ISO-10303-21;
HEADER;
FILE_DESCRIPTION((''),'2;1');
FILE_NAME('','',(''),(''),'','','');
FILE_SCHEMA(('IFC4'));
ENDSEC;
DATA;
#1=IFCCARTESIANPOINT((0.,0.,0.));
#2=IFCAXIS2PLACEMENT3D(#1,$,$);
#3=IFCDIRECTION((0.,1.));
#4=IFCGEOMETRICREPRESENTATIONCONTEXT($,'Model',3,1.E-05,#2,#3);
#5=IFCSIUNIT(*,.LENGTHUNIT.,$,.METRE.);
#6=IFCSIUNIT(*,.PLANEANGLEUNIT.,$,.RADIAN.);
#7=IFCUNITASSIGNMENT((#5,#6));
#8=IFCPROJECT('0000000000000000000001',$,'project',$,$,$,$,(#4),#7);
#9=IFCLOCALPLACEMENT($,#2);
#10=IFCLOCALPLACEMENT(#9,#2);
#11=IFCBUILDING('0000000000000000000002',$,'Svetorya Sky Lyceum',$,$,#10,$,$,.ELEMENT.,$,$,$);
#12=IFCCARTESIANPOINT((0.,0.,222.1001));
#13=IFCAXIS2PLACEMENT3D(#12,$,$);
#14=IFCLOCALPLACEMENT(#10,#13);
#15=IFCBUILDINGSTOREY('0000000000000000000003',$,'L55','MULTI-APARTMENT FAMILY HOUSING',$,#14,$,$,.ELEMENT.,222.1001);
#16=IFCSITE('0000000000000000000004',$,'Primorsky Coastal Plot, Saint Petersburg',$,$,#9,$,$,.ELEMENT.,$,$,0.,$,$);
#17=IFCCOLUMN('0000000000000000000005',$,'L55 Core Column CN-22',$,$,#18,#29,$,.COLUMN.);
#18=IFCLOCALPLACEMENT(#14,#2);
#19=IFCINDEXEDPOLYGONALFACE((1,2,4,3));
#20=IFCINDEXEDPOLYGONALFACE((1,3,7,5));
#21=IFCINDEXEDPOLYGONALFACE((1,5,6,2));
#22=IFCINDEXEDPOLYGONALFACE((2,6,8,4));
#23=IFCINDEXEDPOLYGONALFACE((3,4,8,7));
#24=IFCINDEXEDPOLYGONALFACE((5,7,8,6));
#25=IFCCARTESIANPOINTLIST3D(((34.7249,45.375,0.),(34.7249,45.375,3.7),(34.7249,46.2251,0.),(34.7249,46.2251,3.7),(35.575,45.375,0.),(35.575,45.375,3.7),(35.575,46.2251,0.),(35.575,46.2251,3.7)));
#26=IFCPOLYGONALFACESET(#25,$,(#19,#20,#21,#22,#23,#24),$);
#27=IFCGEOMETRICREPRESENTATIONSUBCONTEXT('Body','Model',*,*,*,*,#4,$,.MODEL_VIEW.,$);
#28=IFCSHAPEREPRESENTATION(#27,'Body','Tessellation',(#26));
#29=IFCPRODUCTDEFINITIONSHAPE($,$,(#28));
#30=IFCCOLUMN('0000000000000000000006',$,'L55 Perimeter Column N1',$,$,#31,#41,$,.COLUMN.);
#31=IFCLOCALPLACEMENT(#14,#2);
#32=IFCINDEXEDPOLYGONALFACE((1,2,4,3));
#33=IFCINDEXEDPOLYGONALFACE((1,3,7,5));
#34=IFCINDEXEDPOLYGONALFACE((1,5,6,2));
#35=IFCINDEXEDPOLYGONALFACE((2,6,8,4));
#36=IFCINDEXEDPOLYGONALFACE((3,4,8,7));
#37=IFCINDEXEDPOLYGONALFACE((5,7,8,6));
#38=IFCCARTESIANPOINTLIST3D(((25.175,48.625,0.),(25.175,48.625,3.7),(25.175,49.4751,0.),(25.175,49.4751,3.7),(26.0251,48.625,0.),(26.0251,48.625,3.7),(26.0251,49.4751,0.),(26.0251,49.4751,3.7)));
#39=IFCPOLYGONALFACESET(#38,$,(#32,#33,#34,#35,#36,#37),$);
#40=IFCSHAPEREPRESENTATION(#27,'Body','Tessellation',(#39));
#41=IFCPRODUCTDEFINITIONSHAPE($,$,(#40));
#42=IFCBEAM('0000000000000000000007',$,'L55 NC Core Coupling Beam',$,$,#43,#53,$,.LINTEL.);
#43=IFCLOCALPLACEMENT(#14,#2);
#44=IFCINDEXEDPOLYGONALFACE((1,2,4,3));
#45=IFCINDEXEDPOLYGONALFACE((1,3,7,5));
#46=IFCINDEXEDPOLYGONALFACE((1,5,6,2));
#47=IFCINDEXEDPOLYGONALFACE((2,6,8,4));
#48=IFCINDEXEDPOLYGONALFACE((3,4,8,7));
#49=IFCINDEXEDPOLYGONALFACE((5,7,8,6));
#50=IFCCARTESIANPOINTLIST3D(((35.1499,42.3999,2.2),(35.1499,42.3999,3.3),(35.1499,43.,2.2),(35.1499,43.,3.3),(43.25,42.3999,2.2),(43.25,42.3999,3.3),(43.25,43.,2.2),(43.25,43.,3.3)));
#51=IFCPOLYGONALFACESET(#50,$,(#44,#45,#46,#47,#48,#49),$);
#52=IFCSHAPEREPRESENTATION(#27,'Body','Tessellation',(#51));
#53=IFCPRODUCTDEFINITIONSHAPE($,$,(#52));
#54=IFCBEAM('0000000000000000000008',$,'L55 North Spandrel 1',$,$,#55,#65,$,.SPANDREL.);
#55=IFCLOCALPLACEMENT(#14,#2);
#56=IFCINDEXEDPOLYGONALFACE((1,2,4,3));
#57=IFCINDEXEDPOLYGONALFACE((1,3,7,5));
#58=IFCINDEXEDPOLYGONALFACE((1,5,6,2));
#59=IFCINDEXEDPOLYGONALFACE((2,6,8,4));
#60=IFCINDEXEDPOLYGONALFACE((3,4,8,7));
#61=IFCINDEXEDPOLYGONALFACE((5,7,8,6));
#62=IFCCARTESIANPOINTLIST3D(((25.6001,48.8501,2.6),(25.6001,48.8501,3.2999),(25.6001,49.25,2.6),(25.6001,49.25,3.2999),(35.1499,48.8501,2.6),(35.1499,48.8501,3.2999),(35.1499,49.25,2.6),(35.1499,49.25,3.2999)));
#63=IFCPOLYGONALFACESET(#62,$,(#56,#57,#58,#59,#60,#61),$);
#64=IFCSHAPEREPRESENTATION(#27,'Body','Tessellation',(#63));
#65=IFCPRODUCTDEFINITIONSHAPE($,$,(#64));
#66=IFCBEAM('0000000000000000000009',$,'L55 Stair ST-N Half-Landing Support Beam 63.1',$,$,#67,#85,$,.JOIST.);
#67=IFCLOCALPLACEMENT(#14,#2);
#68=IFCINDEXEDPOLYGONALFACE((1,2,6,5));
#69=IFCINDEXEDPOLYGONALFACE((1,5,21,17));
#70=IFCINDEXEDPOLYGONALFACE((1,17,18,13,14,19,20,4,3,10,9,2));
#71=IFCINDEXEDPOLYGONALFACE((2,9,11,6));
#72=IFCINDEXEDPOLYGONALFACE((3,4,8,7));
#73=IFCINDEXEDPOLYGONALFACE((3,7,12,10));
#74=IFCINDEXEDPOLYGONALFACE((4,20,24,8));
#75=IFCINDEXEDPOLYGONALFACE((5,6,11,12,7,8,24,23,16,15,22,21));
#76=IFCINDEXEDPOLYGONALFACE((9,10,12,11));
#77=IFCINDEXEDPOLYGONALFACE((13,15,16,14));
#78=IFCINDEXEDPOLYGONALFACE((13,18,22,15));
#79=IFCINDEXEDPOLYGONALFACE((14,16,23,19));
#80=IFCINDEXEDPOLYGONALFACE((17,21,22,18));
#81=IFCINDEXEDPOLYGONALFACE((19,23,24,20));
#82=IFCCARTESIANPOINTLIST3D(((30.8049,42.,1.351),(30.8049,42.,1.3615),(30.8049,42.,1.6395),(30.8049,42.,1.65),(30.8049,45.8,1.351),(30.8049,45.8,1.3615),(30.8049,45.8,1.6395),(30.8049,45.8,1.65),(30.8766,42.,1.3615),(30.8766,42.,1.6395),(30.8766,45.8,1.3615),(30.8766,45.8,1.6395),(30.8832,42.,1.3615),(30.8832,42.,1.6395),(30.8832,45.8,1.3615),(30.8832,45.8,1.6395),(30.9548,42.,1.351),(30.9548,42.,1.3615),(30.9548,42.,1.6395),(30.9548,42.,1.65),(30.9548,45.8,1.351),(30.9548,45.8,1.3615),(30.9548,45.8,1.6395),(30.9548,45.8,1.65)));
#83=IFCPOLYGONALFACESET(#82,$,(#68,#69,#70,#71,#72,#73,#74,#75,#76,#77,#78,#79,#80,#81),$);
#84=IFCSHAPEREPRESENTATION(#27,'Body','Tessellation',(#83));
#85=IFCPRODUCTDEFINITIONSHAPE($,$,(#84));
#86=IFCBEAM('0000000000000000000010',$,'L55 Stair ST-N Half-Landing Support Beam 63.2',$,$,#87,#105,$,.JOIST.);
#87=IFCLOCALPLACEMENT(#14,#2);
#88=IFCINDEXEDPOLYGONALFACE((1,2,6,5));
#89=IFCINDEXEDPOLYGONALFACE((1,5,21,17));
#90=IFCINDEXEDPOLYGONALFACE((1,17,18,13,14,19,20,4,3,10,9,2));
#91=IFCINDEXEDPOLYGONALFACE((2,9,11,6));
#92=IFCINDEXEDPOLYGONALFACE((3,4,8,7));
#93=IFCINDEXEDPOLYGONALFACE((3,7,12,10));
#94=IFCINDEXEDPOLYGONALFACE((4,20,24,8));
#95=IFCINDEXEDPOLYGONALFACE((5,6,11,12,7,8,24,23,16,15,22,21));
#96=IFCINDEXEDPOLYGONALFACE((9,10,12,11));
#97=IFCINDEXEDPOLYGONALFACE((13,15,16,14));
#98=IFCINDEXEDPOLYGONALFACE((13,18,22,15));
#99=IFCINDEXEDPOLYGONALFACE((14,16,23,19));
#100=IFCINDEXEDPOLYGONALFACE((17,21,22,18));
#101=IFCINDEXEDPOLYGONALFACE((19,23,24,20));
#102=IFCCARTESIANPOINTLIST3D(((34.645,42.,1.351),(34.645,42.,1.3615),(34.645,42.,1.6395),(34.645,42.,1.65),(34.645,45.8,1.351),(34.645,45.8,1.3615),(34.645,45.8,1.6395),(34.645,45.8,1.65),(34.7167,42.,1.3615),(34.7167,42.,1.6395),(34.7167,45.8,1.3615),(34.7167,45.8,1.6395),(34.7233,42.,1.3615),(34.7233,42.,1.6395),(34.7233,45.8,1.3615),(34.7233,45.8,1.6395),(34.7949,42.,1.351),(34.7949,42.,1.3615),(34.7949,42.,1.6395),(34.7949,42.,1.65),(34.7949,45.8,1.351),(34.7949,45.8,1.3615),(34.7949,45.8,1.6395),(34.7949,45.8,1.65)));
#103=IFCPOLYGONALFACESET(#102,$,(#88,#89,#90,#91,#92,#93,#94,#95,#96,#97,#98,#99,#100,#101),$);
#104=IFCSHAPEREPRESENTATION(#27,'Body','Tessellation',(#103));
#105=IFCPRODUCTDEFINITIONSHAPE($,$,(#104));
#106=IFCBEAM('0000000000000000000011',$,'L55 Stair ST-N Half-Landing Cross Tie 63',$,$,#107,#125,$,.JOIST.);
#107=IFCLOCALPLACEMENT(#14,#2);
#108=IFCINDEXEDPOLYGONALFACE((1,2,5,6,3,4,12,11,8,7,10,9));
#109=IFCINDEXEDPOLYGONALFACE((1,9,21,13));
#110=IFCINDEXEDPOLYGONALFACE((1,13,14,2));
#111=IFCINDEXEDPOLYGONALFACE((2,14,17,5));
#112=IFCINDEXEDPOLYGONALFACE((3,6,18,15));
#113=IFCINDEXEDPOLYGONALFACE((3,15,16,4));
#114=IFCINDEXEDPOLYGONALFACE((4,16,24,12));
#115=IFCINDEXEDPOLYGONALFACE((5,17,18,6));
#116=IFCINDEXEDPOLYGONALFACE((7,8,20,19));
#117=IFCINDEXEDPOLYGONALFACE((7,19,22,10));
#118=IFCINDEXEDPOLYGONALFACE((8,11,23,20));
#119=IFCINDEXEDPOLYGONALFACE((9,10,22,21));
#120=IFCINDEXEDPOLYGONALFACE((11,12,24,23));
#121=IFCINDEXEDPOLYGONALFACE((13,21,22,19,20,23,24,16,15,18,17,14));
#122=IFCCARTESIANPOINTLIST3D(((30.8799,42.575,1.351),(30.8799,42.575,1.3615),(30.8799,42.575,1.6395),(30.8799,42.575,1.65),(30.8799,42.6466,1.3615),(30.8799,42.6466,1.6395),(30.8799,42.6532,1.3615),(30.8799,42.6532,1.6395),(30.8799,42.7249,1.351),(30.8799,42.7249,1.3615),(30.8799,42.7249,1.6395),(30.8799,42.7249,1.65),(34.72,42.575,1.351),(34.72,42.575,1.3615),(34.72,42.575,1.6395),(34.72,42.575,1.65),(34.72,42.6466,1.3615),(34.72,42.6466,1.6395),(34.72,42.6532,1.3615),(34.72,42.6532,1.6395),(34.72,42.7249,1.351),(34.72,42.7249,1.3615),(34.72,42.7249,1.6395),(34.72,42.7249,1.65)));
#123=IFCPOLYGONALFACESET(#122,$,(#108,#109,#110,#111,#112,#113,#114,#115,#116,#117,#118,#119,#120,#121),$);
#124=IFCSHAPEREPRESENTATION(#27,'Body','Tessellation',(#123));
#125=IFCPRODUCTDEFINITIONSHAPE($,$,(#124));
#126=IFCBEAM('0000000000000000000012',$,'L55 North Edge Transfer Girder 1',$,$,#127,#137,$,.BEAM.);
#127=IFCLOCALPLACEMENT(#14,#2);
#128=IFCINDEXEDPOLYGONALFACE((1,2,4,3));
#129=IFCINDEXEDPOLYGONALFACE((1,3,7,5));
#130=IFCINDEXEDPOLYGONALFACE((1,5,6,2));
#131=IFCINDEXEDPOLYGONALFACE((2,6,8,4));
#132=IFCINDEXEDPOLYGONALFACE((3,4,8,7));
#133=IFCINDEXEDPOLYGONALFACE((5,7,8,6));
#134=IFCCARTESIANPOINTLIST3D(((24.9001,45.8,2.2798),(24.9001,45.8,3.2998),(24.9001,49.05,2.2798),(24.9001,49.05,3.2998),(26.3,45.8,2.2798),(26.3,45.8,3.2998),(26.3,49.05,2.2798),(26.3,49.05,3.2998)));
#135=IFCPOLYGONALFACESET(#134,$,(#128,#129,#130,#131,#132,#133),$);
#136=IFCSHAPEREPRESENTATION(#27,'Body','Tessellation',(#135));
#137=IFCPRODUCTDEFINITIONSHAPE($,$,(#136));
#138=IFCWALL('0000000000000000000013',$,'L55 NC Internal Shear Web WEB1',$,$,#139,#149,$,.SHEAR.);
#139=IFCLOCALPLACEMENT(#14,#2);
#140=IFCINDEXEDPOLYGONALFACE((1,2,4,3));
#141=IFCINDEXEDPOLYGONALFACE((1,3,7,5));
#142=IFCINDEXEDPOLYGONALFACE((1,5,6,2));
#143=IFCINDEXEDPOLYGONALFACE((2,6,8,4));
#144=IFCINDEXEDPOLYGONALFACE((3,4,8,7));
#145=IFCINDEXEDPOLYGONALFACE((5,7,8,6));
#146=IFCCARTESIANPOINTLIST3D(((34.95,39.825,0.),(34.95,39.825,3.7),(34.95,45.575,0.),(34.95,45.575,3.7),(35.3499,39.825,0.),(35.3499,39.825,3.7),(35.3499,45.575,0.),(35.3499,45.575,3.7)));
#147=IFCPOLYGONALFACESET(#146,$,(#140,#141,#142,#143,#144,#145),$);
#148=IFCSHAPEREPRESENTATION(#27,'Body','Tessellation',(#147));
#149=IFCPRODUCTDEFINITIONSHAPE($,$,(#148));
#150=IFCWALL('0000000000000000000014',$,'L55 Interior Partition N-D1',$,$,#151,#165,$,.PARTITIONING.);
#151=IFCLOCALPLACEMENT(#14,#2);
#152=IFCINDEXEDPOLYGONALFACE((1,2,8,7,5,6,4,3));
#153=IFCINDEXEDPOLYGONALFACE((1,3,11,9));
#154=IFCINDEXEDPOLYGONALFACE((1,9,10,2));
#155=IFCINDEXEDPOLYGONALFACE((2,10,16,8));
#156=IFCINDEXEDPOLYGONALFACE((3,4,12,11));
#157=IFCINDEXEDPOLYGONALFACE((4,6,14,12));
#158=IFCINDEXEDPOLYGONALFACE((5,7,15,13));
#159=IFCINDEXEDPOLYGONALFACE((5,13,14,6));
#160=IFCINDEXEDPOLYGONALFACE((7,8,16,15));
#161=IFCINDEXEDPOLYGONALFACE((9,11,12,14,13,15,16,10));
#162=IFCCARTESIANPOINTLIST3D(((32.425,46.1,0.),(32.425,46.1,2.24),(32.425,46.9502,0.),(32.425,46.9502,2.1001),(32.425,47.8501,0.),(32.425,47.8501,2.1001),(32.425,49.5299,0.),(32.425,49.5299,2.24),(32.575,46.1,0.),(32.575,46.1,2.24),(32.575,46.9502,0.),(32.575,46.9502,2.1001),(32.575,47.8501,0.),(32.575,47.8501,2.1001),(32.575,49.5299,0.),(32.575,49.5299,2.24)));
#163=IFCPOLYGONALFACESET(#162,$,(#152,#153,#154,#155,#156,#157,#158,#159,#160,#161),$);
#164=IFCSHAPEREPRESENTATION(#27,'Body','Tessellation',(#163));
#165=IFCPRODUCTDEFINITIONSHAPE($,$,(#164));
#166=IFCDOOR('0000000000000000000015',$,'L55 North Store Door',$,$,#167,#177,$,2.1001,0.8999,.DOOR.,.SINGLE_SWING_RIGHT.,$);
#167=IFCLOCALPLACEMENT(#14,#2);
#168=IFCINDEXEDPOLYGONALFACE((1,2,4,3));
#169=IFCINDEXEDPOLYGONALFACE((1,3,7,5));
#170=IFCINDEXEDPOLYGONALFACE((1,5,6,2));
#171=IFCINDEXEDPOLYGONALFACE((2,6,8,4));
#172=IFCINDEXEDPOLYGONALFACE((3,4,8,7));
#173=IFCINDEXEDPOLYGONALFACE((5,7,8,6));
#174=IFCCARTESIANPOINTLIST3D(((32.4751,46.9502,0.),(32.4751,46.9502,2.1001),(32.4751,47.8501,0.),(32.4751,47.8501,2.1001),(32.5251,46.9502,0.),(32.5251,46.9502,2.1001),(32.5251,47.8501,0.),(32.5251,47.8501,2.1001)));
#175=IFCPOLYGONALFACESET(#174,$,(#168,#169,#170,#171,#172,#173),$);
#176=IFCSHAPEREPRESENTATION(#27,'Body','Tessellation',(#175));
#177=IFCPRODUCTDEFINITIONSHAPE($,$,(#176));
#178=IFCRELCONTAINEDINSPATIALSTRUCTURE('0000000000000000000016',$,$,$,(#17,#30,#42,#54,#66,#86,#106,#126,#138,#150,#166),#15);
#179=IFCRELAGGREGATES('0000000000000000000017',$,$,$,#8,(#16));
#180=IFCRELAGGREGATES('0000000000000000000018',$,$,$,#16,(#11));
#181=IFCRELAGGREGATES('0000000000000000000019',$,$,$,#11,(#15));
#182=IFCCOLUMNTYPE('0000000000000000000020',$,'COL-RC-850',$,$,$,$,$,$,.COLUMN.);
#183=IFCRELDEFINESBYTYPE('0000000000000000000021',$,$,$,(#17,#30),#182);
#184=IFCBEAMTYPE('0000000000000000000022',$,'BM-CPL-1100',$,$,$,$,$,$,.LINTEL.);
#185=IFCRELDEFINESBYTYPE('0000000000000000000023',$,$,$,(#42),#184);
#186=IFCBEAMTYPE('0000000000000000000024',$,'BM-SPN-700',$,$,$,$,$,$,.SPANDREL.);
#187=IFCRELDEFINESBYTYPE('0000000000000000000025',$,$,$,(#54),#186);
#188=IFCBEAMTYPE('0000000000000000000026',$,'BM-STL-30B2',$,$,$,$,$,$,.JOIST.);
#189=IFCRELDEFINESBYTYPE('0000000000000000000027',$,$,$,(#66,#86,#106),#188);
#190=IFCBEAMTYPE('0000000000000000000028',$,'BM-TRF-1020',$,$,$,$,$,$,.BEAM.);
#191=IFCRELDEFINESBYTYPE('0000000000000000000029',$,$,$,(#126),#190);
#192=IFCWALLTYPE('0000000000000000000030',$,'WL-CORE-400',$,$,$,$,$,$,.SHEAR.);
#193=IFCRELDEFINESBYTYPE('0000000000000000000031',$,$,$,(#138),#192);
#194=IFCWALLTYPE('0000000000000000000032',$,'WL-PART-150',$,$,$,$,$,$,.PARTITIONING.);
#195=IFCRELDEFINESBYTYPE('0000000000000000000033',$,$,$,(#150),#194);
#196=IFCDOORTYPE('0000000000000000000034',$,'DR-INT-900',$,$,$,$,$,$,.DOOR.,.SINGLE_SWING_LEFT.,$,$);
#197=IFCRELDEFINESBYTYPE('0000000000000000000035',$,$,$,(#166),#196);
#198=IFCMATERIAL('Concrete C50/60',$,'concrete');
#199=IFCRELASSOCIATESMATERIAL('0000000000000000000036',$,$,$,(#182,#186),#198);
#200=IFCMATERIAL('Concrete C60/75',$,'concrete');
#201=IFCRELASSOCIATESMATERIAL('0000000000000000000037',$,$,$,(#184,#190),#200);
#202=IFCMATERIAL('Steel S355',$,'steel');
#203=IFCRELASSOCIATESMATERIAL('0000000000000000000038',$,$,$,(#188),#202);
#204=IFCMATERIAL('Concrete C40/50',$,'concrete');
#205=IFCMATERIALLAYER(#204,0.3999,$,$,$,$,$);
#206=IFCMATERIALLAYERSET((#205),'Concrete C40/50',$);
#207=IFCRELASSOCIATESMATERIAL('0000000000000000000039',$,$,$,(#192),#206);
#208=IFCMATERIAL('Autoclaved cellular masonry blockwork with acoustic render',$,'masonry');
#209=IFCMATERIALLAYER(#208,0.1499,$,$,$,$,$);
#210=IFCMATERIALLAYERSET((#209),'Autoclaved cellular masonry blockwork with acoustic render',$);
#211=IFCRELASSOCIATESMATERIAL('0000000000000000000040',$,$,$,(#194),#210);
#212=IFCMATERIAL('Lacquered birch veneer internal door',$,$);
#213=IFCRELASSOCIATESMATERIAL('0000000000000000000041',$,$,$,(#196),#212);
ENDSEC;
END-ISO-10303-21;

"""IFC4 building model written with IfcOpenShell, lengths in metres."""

from ifc_helpers import new_model, si_unit, direction, frame, frame_2d, origin, origin_2d, place, context, subcontext, project, spatial, rectangle, i_section, extrude, material, layer, layer_set, material_profile, profile_set, type_object, element, fill, save


model = new_model("IFC4")

# Units and contexts
model_context = context("Model", 3, precision=1e-05, world=origin(), true_north=direction((0.0, 1.0)))
body_context = subcontext(model_context, "Body", "Model", "MODEL_VIEW")
ifc_project = project(units=[si_unit("LENGTHUNIT", "METRE"), si_unit("PLANEANGLEUNIT", "RADIAN")], contexts=[model_context])

# Site, building, storey
site_placement = place(None, origin())
site = spatial("IfcSite", under=ifc_project, at=site_placement, Name="Primorsky Coastal Plot, Saint Petersburg", CompositionType="ELEMENT", RefElevation=0.0)
building_placement = place(site_placement, origin())
building = spatial("IfcBuilding", under=site, at=building_placement, Name="Svetorya Sky Lyceum", CompositionType="ELEMENT")
storey_placement = place(building_placement, frame((0.0, 0.0, 222.1001)))
storey = spatial("IfcBuildingStorey", under=building, at=storey_placement, Name="L55", Description="MULTI-APARTMENT FAMILY HOUSING", CompositionType="ELEMENT", Elevation=222.1001)

# Columns
ifc_material_1 = material(Name="Concrete C50/60", Category="concrete")
ifc_material_profile_1 = material_profile(ifc_material_1, rectangle(XDim=0.8501, YDim=0.8501, at=origin_2d()), Name="RC COL 850x850")
ifc_profile_set_1 = profile_set([ifc_material_profile_1], Name="Concrete C50/60")
column_type = type_object("IfcColumnType", Name="COL-RC-850", PredefinedType="COLUMN", material=ifc_profile_set_1)
for number, where, z_axis, x_axis, name in (
    (1, (35.1499, 45.8, 0.0), (0.0, 0.0, 1.0), (1.0, 0.0, 0.0), "L55 Core Column CN-22"),
    (2, (25.6001, 49.05, 0.0), (0.0, 0.0, 1.0), (1.0, 0.0, 0.0), "L55 Perimeter Column N1"),
):
    element("IfcColumn", number, at=place(storey_placement, frame(where, z_axis=z_axis, x_axis=x_axis)), inside=storey, type_object=column_type, Name=name, PredefinedType="COLUMN", context=body_context, shape_type="SweptSolid", body=[
        extrude(rectangle(XDim=0.8501, YDim=0.8501, at=origin_2d()), origin(), (0.0, 0.0, 1.0), 3.7),
    ])

# Beams
ifc_material_2 = material(Name="Concrete C60/75", Category="concrete")
ifc_material_profile_2 = material_profile(ifc_material_2, rectangle(XDim=0.6001, YDim=1.1001, at=origin_2d()), Name="RC COUPLING 600x1100")
ifc_profile_set_2 = profile_set([ifc_material_profile_2], Name="Concrete C60/75")
beam_type_1 = type_object("IfcBeamType", Name="BM-CPL-1100", PredefinedType="LINTEL", material=ifc_profile_set_2)
beam_1_placement = place(storey_placement, frame((35.1499, 42.7, 2.75), z_axis=(1.0, 0.0, 0.0), x_axis=(0.0, 1.0, 0.0)))
element("IfcBeam", 3, at=beam_1_placement, inside=storey, type_object=beam_type_1, Name="L55 NC Core Coupling Beam", PredefinedType="LINTEL", context=body_context, shape_type="SweptSolid", body=[
    extrude(rectangle(XDim=0.6001, YDim=1.1001, at=origin_2d()), origin(), (0.0, 0.0, 1.0), 8.1001),
])
ifc_material_profile_3 = material_profile(ifc_material_1, rectangle(XDim=0.3999, YDim=0.7, at=origin_2d()), Name="RC SPANDREL 400x700")
ifc_profile_set_3 = profile_set([ifc_material_profile_3], Name="Concrete C50/60")
beam_type_2 = type_object("IfcBeamType", Name="BM-SPN-700", PredefinedType="SPANDREL", material=ifc_profile_set_3)
beam_2_placement = place(storey_placement, frame((25.6001, 49.05, 2.95), z_axis=(1.0, 0.0, 0.0), x_axis=(0.0, 1.0, 0.0)))
element("IfcBeam", 4, at=beam_2_placement, inside=storey, type_object=beam_type_2, Name="L55 North Spandrel 1", PredefinedType="SPANDREL", context=body_context, shape_type="SweptSolid", body=[
    extrude(rectangle(XDim=0.3999, YDim=0.7, at=origin_2d()), origin(), (0.0, 0.0, 1.0), 9.5498),
])
ifc_material_3 = material(Name="Steel S355", Category="steel")
ifc_material_profile_4 = material_profile(ifc_material_3, i_section(OverallWidth=0.1499, OverallDepth=0.2991, WebThickness=0.0066, FlangeThickness=0.0105, at=origin_2d()), Name="GOST 30B2")
ifc_profile_set_4 = profile_set([ifc_material_profile_4], Name="Steel S355")
beam_type_3 = type_object("IfcBeamType", Name="BM-STL-30B2", PredefinedType="JOIST", material=ifc_profile_set_4)
for number, where, z_axis, x_axis, name in (
    (5, (30.8799, 42.0, 1.5005), (0.0, 1.0, 0.0), (-1.0, 0.0, 0.0), "L55 Stair ST-N Half-Landing Support Beam 63.1"),
    (6, (34.72, 42.0, 1.5005), (0.0, 1.0, 0.0), (-1.0, 0.0, 0.0), "L55 Stair ST-N Half-Landing Support Beam 63.2"),
):
    element("IfcBeam", number, at=place(storey_placement, frame(where, z_axis=z_axis, x_axis=x_axis)), inside=storey, type_object=beam_type_3, Name=name, PredefinedType="JOIST", context=body_context, shape_type="SweptSolid", body=[
        extrude(i_section(OverallWidth=0.1499, OverallDepth=0.2991, WebThickness=0.0066, FlangeThickness=0.0105, at=origin_2d()), origin(), (0.0, 0.0, 1.0), 3.8),
    ])
beam_3_placement = place(storey_placement, frame((30.8799, 42.6499, 1.5005), z_axis=(1.0, 0.0, 0.0), x_axis=(0.0, 1.0, 0.0)))
element("IfcBeam", 7, at=beam_3_placement, inside=storey, type_object=beam_type_3, Name="L55 Stair ST-N Half-Landing Cross Tie 63", PredefinedType="JOIST", context=body_context, shape_type="SweptSolid", body=[
    extrude(i_section(OverallWidth=0.1499, OverallDepth=0.2991, WebThickness=0.0066, FlangeThickness=0.0105, at=origin_2d()), origin(), (0.0, 0.0, 1.0), 3.8401),
])
ifc_material_profile_5 = material_profile(ifc_material_2, rectangle(XDim=1.3999, YDim=1.02, at=origin_2d()), Name="RC TRANSFER 1400x1020")
ifc_profile_set_5 = profile_set([ifc_material_profile_5], Name="Concrete C60/75")
beam_type_4 = type_object("IfcBeamType", Name="BM-TRF-1020", PredefinedType="BEAM", material=ifc_profile_set_5)
beam_4_placement = place(storey_placement, frame((25.6001, 45.8, 2.7898), z_axis=(0.0, 1.0, 0.0), x_axis=(-1.0, 0.0, 0.0)))
element("IfcBeam", 8, at=beam_4_placement, inside=storey, type_object=beam_type_4, Name="L55 North Edge Transfer Girder 1", PredefinedType="BEAM", context=body_context, shape_type="SweptSolid", body=[
    extrude(rectangle(XDim=1.3999, YDim=1.02, at=origin_2d()), origin(), (0.0, 0.0, 1.0), 3.25),
])

# Wall
ifc_material_4 = material(Name="Concrete C40/50", Category="concrete")
ifc_layer_1 = layer(ifc_material_4, 0.3999)
ifc_layer_set_1 = layer_set([ifc_layer_1], Name="Concrete C40/50")
wall_type_1 = type_object("IfcWallType", Name="WL-CORE-400", PredefinedType="SHEAR", material=ifc_layer_set_1)
wall_1_placement = place(storey_placement, frame((35.1499, 39.825, 0.0), z_axis=(0.0, 0.0, 1.0), x_axis=(0.0, 1.0, 0.0)))
element("IfcWall", 9, at=wall_1_placement, inside=storey, type_object=wall_type_1, Name="L55 NC Internal Shear Web WEB1", PredefinedType="SHEAR", context=body_context, shape_type="SweptSolid", body=[
    extrude(rectangle(XDim=5.75, YDim=0.3999, at=frame_2d((2.875, 0.0))), origin(), (0.0, 0.0, 1.0), 3.7),
])

# Wall, opening, door
ifc_material_5 = material(Name="Autoclaved cellular masonry blockwork with acoustic render", Category="masonry")
ifc_layer_2 = layer(ifc_material_5, 0.1499)
ifc_layer_set_2 = layer_set([ifc_layer_2], Name="Autoclaved cellular masonry blockwork with acoustic render")
wall_type_2 = type_object("IfcWallType", Name="WL-PART-150", PredefinedType="PARTITIONING", material=ifc_layer_set_2)
wall_2_placement = place(storey_placement, frame((32.5, 46.1001, 0.0), z_axis=(0.0, 0.0, 1.0), x_axis=(0.0, 1.0, 0.0)))
wall_2 = element("IfcWall", 10, at=wall_2_placement, inside=storey, type_object=wall_type_2, Name="L55 Interior Partition N-D1", PredefinedType="PARTITIONING", context=body_context, shape_type="SweptSolid", body=[
    extrude(rectangle(XDim=3.4299, YDim=0.1499, at=frame_2d((1.7148, 0.0))), origin(), (0.0, 0.0, 1.0), 2.24),
])
opening_placement = place(wall_2_placement, frame((0.8501, 0.0, 0.0)))
opening = element("IfcOpeningElement", 11, at=opening_placement, cuts=wall_2, PredefinedType="OPENING", context=body_context, shape_type="SweptSolid", body=[
    extrude(rectangle(XDim=0.8999, YDim=2.1001, at=frame_2d((0.45, 1.05))), frame((0.0, 0.085, 0.0), z_axis=(0.0, -1.0, 0.0), x_axis=(1.0, 0.0, 0.0)), (0.0, 0.0, 1.0), 0.1699),
])
ifc_material_6 = material(Name="Lacquered birch veneer internal door")
door_type = type_object("IfcDoorType", Name="DR-INT-900", OperationType="SINGLE_SWING_LEFT", PredefinedType="DOOR", material=ifc_material_6)
door_placement = place(opening_placement, origin())
door = element("IfcDoor", 12, at=door_placement, inside=storey, type_object=door_type, Name="L55 North Store Door", OperationType="SINGLE_SWING_RIGHT", OverallHeight=2.1001, OverallWidth=0.8999, PredefinedType="DOOR", context=body_context, shape_type="SweptSolid", body=[
    extrude(rectangle(XDim=0.8999, YDim=2.1001, at=frame_2d((0.45, 1.05))), frame((0.0, 0.0249, 0.0), z_axis=(0.0, -1.0, 0.0), x_axis=(1.0, 0.0, 0.0)), (0.0, 0.0, 1.0), 0.05),
])
fill(opening, door)

save(model, "model.ifc")
